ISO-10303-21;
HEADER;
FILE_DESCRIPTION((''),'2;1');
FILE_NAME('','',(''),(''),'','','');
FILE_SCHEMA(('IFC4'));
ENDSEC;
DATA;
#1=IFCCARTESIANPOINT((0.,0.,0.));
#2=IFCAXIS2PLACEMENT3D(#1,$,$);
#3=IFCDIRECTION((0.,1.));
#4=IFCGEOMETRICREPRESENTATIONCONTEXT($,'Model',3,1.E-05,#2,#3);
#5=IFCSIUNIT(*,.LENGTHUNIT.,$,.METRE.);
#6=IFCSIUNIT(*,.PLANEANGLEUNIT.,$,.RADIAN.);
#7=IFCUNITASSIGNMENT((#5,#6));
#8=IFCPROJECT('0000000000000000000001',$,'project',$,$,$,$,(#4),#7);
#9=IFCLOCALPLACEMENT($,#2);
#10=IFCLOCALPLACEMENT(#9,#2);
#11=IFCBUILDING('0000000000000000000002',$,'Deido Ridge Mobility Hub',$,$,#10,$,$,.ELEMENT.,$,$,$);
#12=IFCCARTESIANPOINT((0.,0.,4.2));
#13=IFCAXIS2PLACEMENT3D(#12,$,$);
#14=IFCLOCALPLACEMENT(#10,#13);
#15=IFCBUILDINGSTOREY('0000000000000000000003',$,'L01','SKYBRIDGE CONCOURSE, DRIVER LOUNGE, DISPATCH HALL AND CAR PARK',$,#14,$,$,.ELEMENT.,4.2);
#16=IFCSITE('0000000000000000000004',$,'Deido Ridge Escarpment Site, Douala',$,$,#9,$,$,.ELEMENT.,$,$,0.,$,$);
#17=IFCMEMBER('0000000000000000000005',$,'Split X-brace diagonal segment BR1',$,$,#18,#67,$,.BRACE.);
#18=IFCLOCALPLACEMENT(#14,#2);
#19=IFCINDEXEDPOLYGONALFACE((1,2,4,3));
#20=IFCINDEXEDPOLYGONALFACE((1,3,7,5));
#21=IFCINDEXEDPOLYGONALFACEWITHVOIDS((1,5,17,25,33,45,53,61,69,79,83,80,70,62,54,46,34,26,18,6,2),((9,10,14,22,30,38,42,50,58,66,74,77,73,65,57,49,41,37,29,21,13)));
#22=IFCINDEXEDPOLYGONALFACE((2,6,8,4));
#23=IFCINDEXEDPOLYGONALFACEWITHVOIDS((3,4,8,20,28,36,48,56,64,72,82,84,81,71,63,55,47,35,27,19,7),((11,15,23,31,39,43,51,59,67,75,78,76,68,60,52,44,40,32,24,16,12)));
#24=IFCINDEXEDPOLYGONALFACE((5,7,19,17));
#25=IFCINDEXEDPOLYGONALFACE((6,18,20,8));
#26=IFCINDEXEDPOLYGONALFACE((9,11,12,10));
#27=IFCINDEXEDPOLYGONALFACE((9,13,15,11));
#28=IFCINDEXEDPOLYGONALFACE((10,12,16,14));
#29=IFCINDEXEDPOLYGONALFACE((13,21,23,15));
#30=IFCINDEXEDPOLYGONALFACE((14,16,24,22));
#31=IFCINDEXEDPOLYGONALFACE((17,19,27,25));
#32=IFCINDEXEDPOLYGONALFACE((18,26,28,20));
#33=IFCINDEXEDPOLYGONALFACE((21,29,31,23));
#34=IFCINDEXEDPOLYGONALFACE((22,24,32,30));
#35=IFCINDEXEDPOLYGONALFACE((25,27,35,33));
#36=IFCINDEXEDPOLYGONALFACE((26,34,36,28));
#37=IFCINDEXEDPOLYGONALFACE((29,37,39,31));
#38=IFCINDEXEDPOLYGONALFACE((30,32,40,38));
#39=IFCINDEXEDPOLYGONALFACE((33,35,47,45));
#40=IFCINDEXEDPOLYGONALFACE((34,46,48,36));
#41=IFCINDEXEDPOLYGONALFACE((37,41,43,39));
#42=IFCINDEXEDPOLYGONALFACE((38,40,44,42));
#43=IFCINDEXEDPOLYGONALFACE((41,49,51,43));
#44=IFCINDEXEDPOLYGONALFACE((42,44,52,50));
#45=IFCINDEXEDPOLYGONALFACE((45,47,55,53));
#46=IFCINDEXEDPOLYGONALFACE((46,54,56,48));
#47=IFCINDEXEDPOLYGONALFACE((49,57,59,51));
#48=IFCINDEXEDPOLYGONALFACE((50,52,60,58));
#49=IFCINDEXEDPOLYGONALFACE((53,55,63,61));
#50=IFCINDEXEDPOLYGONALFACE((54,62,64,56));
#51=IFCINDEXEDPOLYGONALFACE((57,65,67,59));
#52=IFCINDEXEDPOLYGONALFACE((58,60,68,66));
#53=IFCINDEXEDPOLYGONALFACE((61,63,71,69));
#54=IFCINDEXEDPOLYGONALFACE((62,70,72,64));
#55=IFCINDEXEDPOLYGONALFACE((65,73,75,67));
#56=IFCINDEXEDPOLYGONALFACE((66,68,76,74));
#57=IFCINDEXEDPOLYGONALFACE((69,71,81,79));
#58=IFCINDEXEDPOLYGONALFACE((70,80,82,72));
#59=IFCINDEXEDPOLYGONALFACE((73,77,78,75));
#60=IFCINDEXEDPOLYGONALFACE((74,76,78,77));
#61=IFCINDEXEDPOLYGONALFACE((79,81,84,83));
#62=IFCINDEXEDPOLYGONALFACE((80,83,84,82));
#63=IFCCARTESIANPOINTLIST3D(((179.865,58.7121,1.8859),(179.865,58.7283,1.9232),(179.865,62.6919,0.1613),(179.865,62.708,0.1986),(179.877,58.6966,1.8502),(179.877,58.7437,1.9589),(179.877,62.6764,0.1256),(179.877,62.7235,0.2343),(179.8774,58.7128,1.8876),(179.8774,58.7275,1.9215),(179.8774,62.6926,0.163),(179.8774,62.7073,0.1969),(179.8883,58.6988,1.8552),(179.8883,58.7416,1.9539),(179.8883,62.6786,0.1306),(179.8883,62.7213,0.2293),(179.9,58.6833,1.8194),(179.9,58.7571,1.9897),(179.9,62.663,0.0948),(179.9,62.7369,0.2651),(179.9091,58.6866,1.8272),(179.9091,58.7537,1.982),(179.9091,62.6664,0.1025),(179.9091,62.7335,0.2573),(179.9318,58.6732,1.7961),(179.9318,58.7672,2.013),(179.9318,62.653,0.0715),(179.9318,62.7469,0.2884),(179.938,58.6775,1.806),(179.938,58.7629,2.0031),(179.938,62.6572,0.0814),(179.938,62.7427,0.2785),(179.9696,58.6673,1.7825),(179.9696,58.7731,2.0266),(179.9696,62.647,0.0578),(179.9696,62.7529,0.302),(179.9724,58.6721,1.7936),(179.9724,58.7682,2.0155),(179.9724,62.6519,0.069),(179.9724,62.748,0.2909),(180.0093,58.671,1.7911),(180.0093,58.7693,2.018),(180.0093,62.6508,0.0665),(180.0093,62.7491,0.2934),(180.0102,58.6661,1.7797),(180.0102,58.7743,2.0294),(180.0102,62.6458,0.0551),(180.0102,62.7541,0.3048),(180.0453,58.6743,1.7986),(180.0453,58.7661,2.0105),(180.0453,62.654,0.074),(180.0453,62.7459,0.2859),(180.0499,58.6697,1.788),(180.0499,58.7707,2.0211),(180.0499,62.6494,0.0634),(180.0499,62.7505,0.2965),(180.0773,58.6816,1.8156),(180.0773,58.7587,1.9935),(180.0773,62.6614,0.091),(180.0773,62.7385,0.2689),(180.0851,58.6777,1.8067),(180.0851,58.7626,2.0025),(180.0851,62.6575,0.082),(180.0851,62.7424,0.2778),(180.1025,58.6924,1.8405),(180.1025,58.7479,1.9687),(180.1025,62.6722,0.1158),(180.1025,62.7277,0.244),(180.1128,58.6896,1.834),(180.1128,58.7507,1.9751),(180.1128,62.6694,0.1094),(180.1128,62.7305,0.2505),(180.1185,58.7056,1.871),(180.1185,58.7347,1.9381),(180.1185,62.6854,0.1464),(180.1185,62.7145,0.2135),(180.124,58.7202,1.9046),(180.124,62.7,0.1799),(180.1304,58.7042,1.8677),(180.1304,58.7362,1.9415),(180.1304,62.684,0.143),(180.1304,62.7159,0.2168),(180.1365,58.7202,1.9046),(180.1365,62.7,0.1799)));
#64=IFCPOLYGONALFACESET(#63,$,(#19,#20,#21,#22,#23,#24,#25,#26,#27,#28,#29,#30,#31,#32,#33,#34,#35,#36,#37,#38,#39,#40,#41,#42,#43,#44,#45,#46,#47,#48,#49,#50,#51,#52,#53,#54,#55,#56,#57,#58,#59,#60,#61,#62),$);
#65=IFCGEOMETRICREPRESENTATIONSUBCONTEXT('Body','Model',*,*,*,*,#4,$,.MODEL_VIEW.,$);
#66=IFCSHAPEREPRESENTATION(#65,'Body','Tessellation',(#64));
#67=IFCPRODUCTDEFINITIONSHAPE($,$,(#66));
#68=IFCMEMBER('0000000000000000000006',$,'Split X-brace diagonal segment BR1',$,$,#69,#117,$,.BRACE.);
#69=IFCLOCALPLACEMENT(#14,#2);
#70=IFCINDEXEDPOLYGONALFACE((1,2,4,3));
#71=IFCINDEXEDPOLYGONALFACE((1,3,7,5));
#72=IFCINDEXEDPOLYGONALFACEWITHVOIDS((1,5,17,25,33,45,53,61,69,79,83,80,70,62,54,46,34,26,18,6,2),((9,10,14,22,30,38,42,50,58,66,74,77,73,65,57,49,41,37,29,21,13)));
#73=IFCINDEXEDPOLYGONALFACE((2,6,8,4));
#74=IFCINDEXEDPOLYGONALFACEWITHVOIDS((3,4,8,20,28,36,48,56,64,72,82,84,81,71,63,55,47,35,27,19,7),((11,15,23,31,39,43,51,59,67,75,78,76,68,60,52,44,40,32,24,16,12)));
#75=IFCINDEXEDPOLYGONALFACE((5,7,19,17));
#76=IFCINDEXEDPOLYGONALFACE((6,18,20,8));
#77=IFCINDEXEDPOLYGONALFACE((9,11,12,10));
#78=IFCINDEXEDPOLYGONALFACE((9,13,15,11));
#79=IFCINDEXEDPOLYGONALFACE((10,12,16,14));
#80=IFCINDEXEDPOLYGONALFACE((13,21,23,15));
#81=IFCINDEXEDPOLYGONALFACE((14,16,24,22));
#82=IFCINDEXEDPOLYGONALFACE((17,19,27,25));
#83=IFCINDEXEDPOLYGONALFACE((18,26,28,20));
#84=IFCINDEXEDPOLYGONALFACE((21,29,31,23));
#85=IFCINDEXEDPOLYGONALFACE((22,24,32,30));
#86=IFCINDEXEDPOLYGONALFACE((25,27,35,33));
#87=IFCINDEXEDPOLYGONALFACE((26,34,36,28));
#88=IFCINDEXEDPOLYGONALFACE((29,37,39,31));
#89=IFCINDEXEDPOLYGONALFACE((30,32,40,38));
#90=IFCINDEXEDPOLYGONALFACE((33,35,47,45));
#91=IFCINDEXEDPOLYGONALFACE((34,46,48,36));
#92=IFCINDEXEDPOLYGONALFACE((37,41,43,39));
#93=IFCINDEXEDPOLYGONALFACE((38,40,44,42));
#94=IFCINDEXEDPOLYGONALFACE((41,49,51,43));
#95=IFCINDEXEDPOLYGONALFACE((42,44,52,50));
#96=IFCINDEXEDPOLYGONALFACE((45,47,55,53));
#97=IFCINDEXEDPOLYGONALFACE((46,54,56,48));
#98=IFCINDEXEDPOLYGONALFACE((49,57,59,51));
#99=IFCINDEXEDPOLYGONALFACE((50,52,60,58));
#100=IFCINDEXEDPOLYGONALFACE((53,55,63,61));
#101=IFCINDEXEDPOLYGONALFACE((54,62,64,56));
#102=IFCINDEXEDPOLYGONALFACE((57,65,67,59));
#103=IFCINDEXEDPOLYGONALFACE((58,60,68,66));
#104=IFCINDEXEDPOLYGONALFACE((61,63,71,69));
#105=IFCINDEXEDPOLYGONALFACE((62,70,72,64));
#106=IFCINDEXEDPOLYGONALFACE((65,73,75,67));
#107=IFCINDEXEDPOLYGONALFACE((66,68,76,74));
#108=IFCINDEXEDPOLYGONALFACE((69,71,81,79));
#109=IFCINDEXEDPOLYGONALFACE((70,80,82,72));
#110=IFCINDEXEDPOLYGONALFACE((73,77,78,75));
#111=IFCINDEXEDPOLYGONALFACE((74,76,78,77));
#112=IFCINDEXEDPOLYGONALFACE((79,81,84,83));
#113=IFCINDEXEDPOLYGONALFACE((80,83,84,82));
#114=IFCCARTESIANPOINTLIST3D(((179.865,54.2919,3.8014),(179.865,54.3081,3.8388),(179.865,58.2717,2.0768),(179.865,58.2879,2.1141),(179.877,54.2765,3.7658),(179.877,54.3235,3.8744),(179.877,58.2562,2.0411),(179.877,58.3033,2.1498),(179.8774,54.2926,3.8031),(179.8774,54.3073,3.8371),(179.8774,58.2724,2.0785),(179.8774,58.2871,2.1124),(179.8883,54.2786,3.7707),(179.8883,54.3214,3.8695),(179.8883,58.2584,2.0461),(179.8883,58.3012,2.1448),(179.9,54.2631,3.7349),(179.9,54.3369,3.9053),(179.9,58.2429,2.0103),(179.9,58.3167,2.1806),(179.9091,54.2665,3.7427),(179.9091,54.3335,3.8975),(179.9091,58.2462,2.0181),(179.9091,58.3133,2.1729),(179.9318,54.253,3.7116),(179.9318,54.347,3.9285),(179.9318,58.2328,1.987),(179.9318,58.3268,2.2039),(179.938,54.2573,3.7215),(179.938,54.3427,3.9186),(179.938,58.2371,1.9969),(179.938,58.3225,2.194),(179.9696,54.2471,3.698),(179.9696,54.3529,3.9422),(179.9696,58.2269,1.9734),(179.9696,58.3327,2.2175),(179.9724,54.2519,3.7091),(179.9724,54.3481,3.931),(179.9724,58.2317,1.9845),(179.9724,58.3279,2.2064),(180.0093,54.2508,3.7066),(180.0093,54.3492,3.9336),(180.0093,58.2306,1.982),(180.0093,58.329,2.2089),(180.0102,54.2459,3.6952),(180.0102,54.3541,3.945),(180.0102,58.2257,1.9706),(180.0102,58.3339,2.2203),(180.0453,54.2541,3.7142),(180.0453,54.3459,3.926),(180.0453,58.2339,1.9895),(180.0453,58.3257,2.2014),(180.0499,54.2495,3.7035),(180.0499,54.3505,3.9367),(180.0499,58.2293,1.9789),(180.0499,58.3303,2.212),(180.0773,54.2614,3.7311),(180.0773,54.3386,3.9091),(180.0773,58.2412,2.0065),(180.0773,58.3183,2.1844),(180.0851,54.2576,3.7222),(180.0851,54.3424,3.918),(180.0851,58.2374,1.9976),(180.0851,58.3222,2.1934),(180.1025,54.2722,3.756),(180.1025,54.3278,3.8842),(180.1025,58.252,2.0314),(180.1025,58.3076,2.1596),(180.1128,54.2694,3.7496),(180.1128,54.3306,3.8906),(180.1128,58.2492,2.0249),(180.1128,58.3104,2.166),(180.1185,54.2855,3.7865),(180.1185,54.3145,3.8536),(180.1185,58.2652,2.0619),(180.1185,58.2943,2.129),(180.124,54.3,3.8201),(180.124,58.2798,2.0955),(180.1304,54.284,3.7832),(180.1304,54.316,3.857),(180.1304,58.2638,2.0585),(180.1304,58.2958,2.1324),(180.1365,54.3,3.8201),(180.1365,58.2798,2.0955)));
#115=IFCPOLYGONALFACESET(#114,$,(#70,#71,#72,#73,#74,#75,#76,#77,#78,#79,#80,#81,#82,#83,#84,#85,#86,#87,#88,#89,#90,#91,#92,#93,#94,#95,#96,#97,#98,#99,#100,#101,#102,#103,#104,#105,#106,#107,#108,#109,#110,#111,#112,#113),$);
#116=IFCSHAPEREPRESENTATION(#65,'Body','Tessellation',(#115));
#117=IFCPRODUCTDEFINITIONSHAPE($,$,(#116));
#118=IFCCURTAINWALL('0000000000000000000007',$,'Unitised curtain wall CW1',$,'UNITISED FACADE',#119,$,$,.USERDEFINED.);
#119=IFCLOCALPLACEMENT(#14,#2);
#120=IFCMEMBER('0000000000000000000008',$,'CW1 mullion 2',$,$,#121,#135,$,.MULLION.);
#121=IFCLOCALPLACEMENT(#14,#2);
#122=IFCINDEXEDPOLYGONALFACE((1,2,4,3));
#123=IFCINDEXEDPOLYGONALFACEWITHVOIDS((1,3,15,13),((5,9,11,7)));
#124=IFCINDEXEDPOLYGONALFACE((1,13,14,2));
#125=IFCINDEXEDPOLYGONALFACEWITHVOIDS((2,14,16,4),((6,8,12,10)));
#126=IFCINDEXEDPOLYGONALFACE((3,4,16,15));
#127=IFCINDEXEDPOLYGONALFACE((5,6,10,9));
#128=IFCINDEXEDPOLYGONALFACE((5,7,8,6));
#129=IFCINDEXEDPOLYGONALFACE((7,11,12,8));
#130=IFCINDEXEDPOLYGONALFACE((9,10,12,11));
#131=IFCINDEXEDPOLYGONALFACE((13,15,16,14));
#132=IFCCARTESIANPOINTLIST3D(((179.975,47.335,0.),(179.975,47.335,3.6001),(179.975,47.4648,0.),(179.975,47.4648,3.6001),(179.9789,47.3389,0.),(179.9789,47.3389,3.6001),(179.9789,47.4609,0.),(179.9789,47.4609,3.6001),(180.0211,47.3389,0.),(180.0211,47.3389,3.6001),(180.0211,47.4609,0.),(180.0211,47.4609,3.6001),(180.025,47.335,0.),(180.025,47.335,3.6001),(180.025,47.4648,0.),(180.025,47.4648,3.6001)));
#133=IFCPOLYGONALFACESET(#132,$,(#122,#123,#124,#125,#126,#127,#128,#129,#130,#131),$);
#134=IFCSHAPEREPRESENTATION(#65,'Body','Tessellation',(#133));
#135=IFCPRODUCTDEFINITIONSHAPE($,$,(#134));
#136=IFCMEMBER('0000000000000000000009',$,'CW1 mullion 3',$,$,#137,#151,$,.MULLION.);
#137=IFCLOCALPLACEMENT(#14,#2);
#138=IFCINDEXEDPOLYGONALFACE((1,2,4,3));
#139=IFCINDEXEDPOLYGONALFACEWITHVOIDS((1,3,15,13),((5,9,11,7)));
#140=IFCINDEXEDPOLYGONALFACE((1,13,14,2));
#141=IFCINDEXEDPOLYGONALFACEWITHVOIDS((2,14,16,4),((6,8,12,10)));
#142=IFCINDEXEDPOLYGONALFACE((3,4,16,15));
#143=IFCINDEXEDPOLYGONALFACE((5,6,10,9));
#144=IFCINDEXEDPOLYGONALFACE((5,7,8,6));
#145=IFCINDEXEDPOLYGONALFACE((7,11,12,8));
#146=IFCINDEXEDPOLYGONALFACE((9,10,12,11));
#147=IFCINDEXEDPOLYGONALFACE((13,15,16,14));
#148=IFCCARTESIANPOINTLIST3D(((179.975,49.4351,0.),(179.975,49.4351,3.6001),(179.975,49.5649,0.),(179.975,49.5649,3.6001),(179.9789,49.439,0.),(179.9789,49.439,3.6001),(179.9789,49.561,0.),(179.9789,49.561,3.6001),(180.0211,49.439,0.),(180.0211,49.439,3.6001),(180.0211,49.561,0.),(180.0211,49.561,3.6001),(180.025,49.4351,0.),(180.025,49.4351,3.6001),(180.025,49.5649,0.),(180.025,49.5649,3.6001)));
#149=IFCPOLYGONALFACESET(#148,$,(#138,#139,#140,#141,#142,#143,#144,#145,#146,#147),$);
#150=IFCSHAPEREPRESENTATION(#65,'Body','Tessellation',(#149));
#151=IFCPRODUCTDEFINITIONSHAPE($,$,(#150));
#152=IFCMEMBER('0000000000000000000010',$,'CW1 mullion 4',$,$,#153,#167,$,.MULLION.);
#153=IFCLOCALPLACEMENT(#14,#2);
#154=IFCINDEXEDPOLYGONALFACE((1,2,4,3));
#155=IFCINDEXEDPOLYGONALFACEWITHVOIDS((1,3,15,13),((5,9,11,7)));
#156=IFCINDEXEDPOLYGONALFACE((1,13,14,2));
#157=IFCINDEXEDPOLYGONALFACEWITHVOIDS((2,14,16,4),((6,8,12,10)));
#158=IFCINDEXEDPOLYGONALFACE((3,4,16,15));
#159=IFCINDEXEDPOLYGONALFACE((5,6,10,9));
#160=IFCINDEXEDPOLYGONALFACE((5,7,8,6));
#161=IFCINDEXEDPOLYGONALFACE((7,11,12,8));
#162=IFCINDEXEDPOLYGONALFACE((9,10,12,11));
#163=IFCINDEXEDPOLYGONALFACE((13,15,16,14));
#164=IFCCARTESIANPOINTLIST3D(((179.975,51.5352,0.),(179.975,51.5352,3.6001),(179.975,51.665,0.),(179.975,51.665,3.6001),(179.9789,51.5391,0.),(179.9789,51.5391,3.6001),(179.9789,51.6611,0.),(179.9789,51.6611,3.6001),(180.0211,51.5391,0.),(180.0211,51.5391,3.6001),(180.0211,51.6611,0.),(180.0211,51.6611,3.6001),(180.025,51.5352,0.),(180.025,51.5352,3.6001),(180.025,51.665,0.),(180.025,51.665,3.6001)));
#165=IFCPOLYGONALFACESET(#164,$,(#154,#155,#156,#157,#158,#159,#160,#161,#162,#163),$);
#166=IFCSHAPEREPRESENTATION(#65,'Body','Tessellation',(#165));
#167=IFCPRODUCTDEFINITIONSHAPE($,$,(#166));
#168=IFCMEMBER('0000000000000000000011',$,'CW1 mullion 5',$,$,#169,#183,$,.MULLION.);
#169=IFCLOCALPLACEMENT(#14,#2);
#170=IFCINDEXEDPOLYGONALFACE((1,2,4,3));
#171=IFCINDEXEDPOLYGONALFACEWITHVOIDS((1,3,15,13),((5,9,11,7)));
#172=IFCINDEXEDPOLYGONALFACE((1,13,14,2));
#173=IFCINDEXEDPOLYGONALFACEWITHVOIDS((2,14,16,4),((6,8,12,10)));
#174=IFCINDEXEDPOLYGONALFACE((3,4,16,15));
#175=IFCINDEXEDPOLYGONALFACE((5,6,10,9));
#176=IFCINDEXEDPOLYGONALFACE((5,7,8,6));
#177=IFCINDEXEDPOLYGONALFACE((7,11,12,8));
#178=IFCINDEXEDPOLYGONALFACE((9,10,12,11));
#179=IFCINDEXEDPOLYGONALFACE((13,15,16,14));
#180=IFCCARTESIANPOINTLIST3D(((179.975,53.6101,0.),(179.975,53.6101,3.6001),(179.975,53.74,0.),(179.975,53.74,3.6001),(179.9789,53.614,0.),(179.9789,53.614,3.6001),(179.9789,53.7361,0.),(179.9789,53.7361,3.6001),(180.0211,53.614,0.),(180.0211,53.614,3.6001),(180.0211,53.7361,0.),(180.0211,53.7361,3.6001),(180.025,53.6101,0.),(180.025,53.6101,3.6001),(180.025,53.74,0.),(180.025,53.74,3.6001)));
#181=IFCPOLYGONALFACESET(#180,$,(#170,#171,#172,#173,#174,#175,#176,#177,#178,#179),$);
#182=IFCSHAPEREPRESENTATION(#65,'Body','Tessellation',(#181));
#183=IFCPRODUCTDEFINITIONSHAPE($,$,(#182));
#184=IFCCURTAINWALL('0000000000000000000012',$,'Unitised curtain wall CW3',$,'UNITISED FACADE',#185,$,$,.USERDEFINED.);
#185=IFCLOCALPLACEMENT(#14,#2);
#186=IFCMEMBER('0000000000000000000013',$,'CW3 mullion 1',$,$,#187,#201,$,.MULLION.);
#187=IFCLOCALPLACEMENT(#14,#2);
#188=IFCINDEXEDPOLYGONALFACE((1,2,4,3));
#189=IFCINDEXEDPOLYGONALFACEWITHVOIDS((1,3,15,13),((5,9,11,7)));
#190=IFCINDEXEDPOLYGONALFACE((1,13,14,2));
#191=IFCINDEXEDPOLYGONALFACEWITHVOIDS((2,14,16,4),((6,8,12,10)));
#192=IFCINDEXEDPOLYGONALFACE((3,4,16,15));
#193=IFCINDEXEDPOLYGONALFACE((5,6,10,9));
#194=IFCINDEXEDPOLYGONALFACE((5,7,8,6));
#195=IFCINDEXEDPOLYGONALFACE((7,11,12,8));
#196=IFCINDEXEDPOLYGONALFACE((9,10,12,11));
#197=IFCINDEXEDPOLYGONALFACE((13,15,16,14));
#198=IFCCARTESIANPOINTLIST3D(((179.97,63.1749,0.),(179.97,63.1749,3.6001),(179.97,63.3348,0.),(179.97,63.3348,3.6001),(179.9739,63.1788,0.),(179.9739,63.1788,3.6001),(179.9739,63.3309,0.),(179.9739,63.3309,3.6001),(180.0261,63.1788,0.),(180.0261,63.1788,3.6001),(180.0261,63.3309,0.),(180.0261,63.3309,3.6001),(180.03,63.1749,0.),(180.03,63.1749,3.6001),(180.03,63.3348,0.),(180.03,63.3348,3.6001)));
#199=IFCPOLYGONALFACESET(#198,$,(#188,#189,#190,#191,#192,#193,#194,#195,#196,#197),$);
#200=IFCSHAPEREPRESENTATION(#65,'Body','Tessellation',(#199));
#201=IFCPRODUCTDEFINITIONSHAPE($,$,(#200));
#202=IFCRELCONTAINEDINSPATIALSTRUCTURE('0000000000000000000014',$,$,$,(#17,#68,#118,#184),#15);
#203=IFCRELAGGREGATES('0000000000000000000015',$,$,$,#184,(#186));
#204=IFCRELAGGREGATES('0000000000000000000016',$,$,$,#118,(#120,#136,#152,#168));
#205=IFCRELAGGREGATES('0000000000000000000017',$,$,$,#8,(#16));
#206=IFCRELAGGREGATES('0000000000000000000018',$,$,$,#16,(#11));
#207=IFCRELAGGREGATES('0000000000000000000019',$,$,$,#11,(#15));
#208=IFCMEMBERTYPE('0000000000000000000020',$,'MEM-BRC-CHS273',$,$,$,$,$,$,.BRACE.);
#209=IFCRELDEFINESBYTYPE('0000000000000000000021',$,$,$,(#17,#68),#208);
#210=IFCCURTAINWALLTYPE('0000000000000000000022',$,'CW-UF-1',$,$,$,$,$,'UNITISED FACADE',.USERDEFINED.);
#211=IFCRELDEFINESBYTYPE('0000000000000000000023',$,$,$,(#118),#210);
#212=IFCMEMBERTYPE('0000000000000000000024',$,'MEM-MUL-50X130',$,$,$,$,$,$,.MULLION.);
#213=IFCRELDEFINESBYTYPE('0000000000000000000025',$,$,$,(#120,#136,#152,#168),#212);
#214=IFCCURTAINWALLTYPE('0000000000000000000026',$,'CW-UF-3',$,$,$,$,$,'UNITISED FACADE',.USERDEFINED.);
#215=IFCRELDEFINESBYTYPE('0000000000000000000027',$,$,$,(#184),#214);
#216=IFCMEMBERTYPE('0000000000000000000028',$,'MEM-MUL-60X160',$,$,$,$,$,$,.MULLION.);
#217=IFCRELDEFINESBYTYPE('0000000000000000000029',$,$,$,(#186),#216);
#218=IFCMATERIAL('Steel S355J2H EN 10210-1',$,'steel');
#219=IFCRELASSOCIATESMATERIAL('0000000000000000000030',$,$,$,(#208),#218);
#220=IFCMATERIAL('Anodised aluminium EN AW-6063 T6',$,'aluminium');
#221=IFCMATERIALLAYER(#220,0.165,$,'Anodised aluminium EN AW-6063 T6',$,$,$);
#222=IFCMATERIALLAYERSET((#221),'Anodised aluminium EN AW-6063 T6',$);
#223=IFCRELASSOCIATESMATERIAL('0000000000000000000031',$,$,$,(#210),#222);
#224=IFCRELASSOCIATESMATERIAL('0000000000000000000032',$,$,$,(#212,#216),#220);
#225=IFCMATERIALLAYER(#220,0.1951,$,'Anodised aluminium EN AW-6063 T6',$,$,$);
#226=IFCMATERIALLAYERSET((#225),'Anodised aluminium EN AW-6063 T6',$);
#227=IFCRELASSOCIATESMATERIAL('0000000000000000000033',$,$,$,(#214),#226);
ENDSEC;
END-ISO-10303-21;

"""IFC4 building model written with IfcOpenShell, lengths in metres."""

from ifc_helpers import new_model, si_unit, direction, frame, origin, origin_2d, place, context, subcontext, project, spatial, hollow_rectangle, hollow_circle, extrude, material, layer, layer_set, material_profile, profile_set, type_object, element, aggregate, save


model = new_model("IFC4")

# Units and contexts
model_context = context("Model", 3, precision=1e-05, world=origin(), true_north=direction((0.0, 1.0)))
body_context = subcontext(model_context, "Body", "Model", "MODEL_VIEW")
ifc_project = project(units=[si_unit("LENGTHUNIT", "METRE"), si_unit("PLANEANGLEUNIT", "RADIAN")], contexts=[model_context])

# Site, building, storey
site_placement = place(None, origin())
site = spatial("IfcSite", under=ifc_project, at=site_placement, Name="Deido Ridge Escarpment Site, Douala", CompositionType="ELEMENT", RefElevation=0.0)
building_placement = place(site_placement, origin())
building = spatial("IfcBuilding", under=site, at=building_placement, Name="Deido Ridge Mobility Hub", CompositionType="ELEMENT")
storey_placement = place(building_placement, frame((0.0, 0.0, 4.2)))
storey = spatial("IfcBuildingStorey", under=building, at=storey_placement, Name="L01", Description="SKYBRIDGE CONCOURSE, DRIVER LOUNGE, DISPATCH HALL AND CAR PARK", CompositionType="ELEMENT", Elevation=4.2)

# Members
ifc_material_1 = material(Name="Steel S355J2H EN 10210-1", Category="steel")
ifc_material_profile_1 = material_profile(ifc_material_1, hollow_circle(Radius=0.1365, WallThickness=0.0125, at=origin_2d()), Name="CHS 273x12.5")
ifc_profile_set_1 = profile_set([ifc_material_profile_1], Name="Steel S355J2H EN 10210-1")
member_type_1 = type_object("IfcMemberType", Name="MEM-BRC-CHS273", PredefinedType="BRACE", material=ifc_profile_set_1)
for number, where, z_axis, x_axis, name in (
    (1, (180.0, 62.7, 0.1799), (0.0, -0.917551, 0.397618), (1.0, 0.0, 0.0), "Split X-brace diagonal segment BR1"),
    (2, (180.0, 58.2798, 2.0955), (0.0, -0.917551, 0.397618), (1.0, 0.0, 0.0), "Split X-brace diagonal segment BR1"),
):
    element("IfcMember", number, at=place(storey_placement, frame(where, z_axis=z_axis, x_axis=x_axis)), inside=storey, type_object=member_type_1, Name=name, PredefinedType="BRACE", context=body_context, shape_type="SweptSolid", body=[
        extrude(hollow_circle(Radius=0.1365, WallThickness=0.0125, at=origin_2d()), origin(), (0.0, 0.0, 1.0), 4.3374),
    ])

# Curtain wall, members
ifc_material_2 = material(Name="Anodised aluminium EN AW-6063 T6", Category="aluminium")
ifc_layer_1 = layer(ifc_material_2, 0.165, Name="Anodised aluminium EN AW-6063 T6")
ifc_layer_set_1 = layer_set([ifc_layer_1], Name="Anodised aluminium EN AW-6063 T6")
curtain_wall_type_1 = type_object("IfcCurtainWallType", Name="CW-UF-1", ElementType="UNITISED FACADE", PredefinedType="USERDEFINED", material=ifc_layer_set_1)
curtain_wall_1_placement = place(storey_placement, origin())
curtain_wall_1 = element("IfcCurtainWall", 3, at=curtain_wall_1_placement, inside=storey, type_object=curtain_wall_type_1, Name="Unitised curtain wall CW1", ObjectType="UNITISED FACADE", PredefinedType="USERDEFINED")
ifc_material_profile_2 = material_profile(ifc_material_2, hollow_rectangle(XDim=0.05, YDim=0.1299, WallThickness=0.0039, at=origin_2d()), Name="RHS 50x130x4")
ifc_profile_set_2 = profile_set([ifc_material_profile_2], Name="Anodised aluminium EN AW-6063 T6")
member_type_2 = type_object("IfcMemberType", Name="MEM-MUL-50X130", PredefinedType="MULLION", material=ifc_profile_set_2)
member_1_placement = place(storey_placement, frame((180.0, 47.3999, 0.0), z_axis=(0.0, 0.0, 1.0), x_axis=(-1.0, 0.0, 0.0)))
member_1 = element("IfcMember", 4, at=member_1_placement, type_object=member_type_2, Name="CW1 mullion 2", PredefinedType="MULLION", context=body_context, shape_type="SweptSolid", body=[
    extrude(hollow_rectangle(XDim=0.05, YDim=0.1299, WallThickness=0.0039, at=origin_2d()), origin(), (0.0, 0.0, 1.0), 3.6001),
])
member_2_placement = place(storey_placement, frame((180.0, 49.5, 0.0), z_axis=(0.0, 0.0, 1.0), x_axis=(-1.0, 0.0, 0.0)))
member_2 = element("IfcMember", 5, at=member_2_placement, type_object=member_type_2, Name="CW1 mullion 3", PredefinedType="MULLION", context=body_context, shape_type="SweptSolid", body=[
    extrude(hollow_rectangle(XDim=0.05, YDim=0.1299, WallThickness=0.0039, at=origin_2d()), origin(), (0.0, 0.0, 1.0), 3.6001),
])
member_3_placement = place(storey_placement, frame((180.0, 51.6001, 0.0), z_axis=(0.0, 0.0, 1.0), x_axis=(-1.0, 0.0, 0.0)))
member_3 = element("IfcMember", 6, at=member_3_placement, type_object=member_type_2, Name="CW1 mullion 4", PredefinedType="MULLION", context=body_context, shape_type="SweptSolid", body=[
    extrude(hollow_rectangle(XDim=0.05, YDim=0.1299, WallThickness=0.0039, at=origin_2d()), origin(), (0.0, 0.0, 1.0), 3.6001),
])
member_4_placement = place(storey_placement, frame((180.0, 53.675, 0.0), z_axis=(0.0, 0.0, 1.0), x_axis=(-1.0, 0.0, 0.0)))
member_4 = element("IfcMember", 7, at=member_4_placement, type_object=member_type_2, Name="CW1 mullion 5", PredefinedType="MULLION", context=body_context, shape_type="SweptSolid", body=[
    extrude(hollow_rectangle(XDim=0.05, YDim=0.1299, WallThickness=0.0039, at=origin_2d()), origin(), (0.0, 0.0, 1.0), 3.6001),
])

# Curtain wall, member
ifc_layer_2 = layer(ifc_material_2, 0.1951, Name="Anodised aluminium EN AW-6063 T6")
ifc_layer_set_2 = layer_set([ifc_layer_2], Name="Anodised aluminium EN AW-6063 T6")
curtain_wall_type_2 = type_object("IfcCurtainWallType", Name="CW-UF-3", ElementType="UNITISED FACADE", PredefinedType="USERDEFINED", material=ifc_layer_set_2)
curtain_wall_2_placement = place(storey_placement, origin())
curtain_wall_2 = element("IfcCurtainWall", 8, at=curtain_wall_2_placement, inside=storey, type_object=curtain_wall_type_2, Name="Unitised curtain wall CW3", ObjectType="UNITISED FACADE", PredefinedType="USERDEFINED")
ifc_material_profile_3 = material_profile(ifc_material_2, hollow_rectangle(XDim=0.0601, YDim=0.1599, WallThickness=0.0039, at=origin_2d()), Name="RHS 60x160x4")
ifc_profile_set_3 = profile_set([ifc_material_profile_3], Name="Anodised aluminium EN AW-6063 T6")
member_type_3 = type_object("IfcMemberType", Name="MEM-MUL-60X160", PredefinedType="MULLION", material=ifc_profile_set_3)
member_5_placement = place(storey_placement, frame((180.0, 63.2549, 0.0), z_axis=(0.0, 0.0, 1.0), x_axis=(-1.0, 0.0, 0.0)))
member_5 = element("IfcMember", 9, at=member_5_placement, type_object=member_type_3, Name="CW3 mullion 1", PredefinedType="MULLION", context=body_context, shape_type="SweptSolid", body=[
    extrude(hollow_rectangle(XDim=0.0601, YDim=0.1599, WallThickness=0.0039, at=origin_2d()), origin(), (0.0, 0.0, 1.0), 3.6001),
])

aggregate(curtain_wall_2, [member_5])

aggregate(curtain_wall_1, [member_1, member_2, member_3, member_4])

save(model, "model.ifc")
